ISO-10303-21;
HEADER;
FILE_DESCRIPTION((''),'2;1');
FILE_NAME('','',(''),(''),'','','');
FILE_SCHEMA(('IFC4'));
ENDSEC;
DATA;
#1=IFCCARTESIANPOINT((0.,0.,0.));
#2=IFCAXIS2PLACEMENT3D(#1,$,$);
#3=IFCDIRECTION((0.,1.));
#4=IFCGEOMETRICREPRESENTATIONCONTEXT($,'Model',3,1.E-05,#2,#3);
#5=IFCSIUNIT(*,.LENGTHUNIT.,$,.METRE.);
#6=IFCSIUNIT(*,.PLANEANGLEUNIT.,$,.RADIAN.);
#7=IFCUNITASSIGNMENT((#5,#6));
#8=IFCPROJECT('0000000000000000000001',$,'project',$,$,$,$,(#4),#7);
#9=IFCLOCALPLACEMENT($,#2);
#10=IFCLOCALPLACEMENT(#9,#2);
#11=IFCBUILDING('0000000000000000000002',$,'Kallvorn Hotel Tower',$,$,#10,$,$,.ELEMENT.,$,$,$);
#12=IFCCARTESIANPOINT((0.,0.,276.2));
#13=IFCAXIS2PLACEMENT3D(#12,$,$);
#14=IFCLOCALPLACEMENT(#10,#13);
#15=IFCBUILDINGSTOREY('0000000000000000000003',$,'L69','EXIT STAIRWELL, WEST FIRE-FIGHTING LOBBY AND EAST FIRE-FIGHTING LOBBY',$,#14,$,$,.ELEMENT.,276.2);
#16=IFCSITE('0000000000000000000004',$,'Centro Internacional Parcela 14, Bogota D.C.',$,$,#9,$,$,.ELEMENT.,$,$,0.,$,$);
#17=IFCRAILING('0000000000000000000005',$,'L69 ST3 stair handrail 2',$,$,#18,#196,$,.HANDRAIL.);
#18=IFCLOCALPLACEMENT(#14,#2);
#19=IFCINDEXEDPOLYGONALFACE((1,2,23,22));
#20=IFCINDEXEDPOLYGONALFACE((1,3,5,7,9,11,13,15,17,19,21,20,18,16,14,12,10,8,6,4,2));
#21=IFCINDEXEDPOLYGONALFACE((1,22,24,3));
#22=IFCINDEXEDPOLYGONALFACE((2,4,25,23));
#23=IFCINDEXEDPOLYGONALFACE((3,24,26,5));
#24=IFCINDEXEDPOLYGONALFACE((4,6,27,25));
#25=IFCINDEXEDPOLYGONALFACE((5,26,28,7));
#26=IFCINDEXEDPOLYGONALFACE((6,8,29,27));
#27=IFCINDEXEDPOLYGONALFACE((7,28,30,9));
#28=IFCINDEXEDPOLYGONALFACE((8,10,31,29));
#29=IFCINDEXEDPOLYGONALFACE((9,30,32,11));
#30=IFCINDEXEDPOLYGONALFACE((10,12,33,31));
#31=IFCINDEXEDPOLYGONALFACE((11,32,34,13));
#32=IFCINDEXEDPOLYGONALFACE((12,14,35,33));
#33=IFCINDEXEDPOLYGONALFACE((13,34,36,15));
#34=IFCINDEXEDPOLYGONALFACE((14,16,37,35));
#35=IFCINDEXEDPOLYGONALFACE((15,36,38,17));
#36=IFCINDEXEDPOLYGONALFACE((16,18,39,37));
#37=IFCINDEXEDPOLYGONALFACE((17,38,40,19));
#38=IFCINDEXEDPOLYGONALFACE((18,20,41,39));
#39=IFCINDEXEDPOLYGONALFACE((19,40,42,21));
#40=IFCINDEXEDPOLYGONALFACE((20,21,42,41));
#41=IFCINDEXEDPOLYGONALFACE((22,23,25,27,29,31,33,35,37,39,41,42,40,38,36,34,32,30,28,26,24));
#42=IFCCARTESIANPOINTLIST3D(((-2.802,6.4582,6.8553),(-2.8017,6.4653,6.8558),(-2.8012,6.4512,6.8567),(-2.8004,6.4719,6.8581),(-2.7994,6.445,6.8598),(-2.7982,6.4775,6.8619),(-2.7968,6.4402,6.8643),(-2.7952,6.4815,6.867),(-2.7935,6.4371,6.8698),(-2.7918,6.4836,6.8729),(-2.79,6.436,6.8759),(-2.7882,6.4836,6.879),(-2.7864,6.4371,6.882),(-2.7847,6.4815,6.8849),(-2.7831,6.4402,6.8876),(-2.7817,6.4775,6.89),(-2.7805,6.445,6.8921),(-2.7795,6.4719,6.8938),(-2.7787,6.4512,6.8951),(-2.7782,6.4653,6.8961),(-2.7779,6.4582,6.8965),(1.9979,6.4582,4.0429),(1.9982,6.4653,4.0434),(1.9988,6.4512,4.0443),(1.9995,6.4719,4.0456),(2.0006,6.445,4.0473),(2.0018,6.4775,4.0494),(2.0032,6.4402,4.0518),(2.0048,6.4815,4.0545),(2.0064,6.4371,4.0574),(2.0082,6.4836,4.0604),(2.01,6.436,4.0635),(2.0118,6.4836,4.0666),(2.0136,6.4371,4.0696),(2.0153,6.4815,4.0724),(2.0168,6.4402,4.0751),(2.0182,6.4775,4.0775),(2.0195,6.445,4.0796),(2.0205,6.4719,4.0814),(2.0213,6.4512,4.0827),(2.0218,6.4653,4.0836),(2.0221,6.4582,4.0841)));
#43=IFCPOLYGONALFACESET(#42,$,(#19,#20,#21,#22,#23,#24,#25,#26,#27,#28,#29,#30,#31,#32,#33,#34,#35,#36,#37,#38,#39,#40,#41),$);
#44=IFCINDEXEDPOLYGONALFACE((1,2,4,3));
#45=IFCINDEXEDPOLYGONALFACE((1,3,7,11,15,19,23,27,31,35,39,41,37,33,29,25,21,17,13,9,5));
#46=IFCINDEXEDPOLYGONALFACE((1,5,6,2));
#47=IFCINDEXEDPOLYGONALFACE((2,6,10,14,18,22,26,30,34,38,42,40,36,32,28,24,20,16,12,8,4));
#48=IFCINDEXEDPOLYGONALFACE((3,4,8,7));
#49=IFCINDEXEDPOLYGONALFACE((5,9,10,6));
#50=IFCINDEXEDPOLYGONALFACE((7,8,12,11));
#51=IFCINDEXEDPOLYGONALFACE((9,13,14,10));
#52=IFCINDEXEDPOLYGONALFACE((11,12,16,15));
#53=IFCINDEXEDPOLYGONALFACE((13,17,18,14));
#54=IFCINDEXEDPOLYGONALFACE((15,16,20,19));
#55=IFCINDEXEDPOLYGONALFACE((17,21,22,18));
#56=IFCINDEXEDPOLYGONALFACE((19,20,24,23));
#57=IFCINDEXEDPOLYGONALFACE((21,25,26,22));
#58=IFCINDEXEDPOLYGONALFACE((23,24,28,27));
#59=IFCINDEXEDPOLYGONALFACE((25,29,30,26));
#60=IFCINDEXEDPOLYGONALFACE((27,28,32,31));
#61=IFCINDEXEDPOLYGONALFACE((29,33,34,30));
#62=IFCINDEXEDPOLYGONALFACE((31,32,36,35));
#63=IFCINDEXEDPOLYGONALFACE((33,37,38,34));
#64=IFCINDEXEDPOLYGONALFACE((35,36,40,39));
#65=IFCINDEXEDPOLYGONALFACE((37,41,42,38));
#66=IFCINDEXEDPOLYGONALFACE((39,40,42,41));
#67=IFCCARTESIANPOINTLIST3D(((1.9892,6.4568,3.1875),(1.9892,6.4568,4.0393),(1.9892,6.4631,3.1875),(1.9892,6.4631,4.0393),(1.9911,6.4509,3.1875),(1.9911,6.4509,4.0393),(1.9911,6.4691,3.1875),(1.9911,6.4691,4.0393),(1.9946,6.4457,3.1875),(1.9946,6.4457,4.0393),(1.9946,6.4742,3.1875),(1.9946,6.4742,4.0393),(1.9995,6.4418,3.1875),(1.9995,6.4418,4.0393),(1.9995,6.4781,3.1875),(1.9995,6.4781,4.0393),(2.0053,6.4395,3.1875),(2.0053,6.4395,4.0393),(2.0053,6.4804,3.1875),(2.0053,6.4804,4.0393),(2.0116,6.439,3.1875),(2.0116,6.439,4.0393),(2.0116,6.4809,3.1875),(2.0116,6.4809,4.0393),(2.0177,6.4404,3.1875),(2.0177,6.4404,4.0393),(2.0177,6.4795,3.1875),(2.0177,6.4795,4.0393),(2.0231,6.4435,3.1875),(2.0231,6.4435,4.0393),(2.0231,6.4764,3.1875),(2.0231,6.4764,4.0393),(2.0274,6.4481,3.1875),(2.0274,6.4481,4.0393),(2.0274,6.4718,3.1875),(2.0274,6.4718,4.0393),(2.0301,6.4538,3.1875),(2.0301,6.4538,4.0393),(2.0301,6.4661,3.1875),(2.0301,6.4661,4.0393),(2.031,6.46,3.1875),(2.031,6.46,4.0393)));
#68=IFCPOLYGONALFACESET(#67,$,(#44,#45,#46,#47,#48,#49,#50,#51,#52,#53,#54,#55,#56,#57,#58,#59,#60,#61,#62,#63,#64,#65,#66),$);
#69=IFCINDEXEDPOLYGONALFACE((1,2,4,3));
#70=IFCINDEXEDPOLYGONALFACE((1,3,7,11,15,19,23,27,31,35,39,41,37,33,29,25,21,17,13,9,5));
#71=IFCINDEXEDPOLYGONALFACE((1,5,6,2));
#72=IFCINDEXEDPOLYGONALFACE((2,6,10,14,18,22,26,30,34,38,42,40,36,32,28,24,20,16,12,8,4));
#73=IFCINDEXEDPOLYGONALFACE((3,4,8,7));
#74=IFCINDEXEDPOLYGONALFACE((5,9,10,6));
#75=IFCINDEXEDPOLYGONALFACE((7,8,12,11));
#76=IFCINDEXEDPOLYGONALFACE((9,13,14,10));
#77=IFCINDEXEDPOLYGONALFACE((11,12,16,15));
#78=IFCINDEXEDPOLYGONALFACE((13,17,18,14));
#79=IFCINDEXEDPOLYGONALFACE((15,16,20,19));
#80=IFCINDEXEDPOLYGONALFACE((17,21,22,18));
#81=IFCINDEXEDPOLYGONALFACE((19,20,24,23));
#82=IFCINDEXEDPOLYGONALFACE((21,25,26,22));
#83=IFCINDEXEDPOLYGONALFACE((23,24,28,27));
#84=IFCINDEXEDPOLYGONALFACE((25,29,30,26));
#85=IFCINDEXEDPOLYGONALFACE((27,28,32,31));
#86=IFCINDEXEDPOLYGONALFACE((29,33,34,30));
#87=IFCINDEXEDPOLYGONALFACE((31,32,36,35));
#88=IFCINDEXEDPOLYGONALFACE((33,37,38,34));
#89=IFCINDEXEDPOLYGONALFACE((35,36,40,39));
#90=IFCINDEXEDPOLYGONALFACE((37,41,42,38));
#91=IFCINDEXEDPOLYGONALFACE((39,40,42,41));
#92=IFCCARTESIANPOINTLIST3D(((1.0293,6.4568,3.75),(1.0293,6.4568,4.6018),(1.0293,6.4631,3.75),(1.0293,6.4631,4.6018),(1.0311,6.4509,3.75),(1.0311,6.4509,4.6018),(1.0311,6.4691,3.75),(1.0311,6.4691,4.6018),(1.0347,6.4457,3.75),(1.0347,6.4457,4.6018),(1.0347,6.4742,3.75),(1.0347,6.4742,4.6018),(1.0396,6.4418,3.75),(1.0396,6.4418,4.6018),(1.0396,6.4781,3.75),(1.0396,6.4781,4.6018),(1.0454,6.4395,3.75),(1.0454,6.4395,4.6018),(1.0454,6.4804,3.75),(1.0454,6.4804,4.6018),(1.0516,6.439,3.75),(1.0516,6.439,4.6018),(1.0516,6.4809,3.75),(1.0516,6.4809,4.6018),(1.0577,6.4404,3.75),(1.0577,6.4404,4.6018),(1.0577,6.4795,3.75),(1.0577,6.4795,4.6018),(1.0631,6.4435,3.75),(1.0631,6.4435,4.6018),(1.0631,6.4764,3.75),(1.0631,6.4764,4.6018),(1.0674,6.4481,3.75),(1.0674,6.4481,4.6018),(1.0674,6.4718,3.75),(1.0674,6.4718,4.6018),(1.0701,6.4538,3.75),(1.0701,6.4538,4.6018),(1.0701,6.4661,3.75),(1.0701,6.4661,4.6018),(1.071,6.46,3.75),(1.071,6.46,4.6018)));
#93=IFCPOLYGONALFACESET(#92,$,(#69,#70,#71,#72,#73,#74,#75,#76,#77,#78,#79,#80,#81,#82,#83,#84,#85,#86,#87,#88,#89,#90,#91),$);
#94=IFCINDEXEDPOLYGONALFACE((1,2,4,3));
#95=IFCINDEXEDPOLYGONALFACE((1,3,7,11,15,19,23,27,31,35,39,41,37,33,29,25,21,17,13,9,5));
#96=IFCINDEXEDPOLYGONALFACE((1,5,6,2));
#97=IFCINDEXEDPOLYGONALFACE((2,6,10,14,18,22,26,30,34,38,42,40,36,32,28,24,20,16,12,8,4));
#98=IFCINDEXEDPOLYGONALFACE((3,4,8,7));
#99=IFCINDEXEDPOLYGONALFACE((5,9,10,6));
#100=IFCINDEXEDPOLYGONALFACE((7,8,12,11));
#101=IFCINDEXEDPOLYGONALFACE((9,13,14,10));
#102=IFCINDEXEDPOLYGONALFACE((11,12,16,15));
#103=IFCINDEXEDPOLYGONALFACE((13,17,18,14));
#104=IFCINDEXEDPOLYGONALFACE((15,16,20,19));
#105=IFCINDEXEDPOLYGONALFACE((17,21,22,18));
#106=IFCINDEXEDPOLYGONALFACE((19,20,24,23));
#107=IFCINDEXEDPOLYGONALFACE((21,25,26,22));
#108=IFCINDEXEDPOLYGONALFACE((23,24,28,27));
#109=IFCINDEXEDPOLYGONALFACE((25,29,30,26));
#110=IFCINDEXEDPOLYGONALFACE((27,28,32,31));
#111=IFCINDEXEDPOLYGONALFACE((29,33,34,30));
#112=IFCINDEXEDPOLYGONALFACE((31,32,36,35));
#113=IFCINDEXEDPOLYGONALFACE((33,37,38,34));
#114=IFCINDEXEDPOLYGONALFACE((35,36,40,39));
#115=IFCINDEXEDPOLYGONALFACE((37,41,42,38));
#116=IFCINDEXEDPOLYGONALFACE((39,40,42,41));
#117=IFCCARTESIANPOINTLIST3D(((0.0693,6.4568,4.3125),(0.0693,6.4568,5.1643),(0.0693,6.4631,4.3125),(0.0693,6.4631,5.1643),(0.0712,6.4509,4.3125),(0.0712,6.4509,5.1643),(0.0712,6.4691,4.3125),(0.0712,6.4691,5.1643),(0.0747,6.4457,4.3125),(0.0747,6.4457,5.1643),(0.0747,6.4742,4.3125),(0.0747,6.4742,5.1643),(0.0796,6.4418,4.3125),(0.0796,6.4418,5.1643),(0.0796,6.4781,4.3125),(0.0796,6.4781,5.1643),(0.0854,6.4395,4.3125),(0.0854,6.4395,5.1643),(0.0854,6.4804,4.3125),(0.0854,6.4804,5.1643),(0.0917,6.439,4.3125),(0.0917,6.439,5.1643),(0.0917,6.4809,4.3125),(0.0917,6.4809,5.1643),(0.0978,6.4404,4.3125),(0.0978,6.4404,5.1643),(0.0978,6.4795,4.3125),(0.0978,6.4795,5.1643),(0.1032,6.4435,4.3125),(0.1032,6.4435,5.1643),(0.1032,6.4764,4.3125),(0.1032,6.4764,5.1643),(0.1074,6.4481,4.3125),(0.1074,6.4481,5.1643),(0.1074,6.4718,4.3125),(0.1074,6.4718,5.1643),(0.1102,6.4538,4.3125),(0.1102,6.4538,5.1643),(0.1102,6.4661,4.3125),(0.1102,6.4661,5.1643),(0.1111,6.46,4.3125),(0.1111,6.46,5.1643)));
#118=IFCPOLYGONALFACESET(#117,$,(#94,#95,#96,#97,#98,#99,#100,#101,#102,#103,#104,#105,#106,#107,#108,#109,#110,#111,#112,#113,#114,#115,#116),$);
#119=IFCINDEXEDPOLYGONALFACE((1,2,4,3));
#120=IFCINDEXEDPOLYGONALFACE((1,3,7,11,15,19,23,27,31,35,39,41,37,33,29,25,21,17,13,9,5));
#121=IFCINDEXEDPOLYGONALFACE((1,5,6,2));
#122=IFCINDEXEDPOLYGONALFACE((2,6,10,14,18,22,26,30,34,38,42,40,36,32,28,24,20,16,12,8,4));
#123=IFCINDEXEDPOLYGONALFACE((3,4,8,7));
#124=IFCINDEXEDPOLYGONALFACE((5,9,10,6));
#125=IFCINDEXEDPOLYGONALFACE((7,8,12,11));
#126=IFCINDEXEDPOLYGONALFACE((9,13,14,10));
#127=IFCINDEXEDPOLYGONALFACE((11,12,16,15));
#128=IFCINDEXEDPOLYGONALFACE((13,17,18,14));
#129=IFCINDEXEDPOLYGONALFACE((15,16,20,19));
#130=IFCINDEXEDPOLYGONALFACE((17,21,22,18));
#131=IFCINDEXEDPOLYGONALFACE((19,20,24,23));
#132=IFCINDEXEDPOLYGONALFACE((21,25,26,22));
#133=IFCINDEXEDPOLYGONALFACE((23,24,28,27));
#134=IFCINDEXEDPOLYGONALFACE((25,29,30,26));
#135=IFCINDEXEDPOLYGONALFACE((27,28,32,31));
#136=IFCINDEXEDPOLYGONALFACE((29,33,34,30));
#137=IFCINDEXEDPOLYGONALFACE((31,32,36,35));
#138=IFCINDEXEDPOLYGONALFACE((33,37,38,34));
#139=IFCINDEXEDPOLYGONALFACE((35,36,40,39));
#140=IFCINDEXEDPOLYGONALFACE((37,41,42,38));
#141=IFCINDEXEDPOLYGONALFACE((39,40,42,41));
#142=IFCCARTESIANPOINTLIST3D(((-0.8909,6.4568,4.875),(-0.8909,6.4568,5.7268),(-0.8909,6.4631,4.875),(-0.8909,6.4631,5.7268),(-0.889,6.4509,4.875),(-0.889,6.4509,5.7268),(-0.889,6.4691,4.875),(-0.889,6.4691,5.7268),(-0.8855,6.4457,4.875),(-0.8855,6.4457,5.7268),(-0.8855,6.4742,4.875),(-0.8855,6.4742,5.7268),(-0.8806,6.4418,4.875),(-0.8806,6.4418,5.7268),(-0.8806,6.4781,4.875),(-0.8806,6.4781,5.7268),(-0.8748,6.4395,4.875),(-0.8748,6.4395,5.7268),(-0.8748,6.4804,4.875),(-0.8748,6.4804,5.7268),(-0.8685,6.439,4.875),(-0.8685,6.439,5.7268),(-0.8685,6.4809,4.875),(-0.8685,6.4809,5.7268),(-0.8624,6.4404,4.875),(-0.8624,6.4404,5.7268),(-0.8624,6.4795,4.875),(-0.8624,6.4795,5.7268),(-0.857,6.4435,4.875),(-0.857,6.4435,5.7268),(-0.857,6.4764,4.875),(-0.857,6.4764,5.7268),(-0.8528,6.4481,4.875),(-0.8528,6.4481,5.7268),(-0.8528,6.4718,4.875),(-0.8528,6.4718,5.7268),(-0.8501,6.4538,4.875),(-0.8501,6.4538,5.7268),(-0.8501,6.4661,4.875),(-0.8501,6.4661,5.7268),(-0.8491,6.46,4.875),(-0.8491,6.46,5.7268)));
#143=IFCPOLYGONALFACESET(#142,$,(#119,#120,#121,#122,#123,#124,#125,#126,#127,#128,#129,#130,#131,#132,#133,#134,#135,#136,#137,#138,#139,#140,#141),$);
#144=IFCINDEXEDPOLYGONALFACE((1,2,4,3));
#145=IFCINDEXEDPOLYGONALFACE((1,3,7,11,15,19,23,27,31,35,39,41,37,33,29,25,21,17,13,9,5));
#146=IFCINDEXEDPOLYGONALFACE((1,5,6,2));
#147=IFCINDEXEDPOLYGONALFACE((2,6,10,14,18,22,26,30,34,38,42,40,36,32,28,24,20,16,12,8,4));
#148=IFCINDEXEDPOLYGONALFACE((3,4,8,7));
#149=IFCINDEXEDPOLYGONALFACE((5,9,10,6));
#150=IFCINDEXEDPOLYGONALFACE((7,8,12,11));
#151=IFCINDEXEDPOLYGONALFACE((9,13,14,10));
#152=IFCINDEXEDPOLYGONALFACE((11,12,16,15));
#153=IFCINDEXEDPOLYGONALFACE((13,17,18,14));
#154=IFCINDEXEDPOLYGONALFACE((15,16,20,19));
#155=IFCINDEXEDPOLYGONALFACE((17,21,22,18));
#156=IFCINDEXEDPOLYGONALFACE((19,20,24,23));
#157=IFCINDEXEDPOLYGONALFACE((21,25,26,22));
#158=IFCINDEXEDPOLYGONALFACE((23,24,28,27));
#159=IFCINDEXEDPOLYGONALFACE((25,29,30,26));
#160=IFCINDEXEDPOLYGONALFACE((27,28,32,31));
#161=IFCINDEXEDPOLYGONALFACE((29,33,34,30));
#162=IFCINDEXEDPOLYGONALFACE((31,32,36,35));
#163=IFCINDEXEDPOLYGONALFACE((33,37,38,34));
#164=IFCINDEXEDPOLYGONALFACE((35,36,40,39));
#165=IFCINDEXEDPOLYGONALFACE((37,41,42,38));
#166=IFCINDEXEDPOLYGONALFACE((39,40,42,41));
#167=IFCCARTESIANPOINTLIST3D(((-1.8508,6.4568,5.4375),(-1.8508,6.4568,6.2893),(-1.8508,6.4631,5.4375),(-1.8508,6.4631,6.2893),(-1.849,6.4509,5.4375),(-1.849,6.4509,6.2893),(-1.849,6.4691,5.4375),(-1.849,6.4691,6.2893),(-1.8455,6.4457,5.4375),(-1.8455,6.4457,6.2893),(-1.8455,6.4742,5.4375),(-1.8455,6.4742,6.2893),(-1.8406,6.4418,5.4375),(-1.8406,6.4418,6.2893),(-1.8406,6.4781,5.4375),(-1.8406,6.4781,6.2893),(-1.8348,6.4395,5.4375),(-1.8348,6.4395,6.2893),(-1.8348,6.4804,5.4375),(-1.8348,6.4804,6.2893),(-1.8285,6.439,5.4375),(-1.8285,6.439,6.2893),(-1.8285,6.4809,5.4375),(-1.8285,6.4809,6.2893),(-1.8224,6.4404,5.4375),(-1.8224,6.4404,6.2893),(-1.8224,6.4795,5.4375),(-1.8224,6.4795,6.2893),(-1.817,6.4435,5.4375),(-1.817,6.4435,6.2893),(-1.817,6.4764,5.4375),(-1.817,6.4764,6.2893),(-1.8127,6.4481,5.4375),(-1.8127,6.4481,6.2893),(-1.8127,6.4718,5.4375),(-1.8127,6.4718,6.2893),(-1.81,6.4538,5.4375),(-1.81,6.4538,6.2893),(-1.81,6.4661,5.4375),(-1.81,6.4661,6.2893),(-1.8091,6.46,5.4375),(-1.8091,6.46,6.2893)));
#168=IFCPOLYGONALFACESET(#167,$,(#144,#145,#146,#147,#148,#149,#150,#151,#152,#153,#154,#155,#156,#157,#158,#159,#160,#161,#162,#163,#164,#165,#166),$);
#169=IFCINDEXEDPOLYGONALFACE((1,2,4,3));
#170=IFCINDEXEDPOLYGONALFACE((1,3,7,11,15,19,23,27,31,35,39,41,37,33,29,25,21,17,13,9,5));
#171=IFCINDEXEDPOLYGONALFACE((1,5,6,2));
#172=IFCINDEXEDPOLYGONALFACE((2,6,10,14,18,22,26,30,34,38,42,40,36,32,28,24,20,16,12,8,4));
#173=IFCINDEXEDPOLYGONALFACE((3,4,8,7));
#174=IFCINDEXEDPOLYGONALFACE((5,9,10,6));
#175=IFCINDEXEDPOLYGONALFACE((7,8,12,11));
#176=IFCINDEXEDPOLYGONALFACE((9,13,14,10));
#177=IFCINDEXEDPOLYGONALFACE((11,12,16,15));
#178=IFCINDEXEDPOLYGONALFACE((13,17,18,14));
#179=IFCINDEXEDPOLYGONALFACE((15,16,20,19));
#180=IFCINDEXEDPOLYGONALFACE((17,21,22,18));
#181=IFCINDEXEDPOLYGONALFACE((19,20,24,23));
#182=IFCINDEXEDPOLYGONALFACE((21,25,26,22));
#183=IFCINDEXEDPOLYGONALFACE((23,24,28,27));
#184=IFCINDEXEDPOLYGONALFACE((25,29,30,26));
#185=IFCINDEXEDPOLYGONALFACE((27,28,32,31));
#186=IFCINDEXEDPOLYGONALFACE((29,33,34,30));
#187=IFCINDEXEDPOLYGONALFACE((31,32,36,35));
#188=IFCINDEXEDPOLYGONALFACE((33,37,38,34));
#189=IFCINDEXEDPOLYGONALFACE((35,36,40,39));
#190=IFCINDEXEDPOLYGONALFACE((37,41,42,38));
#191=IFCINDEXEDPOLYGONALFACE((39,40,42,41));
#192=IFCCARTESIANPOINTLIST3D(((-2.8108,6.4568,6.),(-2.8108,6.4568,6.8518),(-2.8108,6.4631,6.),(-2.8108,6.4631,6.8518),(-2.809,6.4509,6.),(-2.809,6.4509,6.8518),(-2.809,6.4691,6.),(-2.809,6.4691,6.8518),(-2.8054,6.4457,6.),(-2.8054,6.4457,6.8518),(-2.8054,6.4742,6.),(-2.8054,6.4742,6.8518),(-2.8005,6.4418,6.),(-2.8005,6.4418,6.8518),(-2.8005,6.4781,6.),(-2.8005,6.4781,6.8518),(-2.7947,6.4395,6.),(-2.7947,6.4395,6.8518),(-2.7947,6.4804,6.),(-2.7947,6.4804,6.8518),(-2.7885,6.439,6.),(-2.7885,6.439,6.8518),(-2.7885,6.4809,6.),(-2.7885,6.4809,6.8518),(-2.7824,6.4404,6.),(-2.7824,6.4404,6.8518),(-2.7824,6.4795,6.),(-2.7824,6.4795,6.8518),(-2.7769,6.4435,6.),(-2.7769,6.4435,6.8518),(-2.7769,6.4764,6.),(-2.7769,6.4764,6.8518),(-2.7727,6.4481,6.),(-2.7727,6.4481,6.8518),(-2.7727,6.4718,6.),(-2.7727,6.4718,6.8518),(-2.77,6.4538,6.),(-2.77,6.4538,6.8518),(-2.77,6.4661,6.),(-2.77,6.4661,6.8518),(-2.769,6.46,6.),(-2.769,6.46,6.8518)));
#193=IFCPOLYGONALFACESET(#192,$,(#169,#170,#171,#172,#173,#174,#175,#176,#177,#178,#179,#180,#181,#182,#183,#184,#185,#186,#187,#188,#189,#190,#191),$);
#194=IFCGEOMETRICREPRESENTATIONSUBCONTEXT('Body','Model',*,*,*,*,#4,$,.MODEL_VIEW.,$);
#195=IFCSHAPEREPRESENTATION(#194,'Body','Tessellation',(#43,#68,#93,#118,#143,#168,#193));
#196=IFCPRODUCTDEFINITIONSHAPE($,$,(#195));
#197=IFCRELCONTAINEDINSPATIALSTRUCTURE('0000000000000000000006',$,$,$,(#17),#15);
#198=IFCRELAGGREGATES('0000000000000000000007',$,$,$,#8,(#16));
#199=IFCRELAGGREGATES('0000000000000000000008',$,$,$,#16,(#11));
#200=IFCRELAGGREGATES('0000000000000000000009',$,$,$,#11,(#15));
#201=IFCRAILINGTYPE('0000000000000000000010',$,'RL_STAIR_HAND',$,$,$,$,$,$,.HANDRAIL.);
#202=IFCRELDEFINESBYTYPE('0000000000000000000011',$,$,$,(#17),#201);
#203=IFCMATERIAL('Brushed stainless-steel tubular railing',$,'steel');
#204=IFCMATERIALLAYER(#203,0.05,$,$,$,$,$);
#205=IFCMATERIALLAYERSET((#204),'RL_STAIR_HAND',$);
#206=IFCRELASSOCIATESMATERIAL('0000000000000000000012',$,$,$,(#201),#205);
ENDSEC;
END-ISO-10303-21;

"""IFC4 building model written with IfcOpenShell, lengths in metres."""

from ifc_helpers import new_model, si_unit, direction, frame, origin, origin_2d, place, context, subcontext, project, spatial, circle, extrude, material, layer, layer_set, type_object, element, save


model = new_model("IFC4")

# Units and contexts
model_context = context("Model", 3, precision=1e-05, world=origin(), true_north=direction((0.0, 1.0)))
body_context = subcontext(model_context, "Body", "Model", "MODEL_VIEW")
ifc_project = project(units=[si_unit("LENGTHUNIT", "METRE"), si_unit("PLANEANGLEUNIT", "RADIAN")], contexts=[model_context])

# Site, building, storey
site_placement = place(None, origin())
site = spatial("IfcSite", under=ifc_project, at=site_placement, Name="Centro Internacional Parcela 14, Bogota D.C.", CompositionType="ELEMENT", RefElevation=0.0)
building_placement = place(site_placement, origin())
building = spatial("IfcBuilding", under=site, at=building_placement, Name="Kallvorn Hotel Tower", CompositionType="ELEMENT")
storey_placement = place(building_placement, frame((0.0, 0.0, 276.2)))
storey = spatial("IfcBuildingStorey", under=building, at=storey_placement, Name="L69", Description="EXIT STAIRWELL, WEST FIRE-FIGHTING LOBBY AND EAST FIRE-FIGHTING LOBBY", CompositionType="ELEMENT", Elevation=276.2)

# Railing
ifc_material_1 = material(Name="Brushed stainless-steel tubular railing", Category="steel")
ifc_layer_1 = layer(ifc_material_1, 0.05)
ifc_layer_set_1 = layer_set([ifc_layer_1], Name="RL_STAIR_HAND")
railing_type_1 = type_object("IfcRailingType", Name="RL_STAIR_HAND", PredefinedType="HANDRAIL", material=ifc_layer_set_1)
railing_1_placement = place(storey_placement, frame((2.01, 6.46, 3.1875)))
element("IfcRailing", 1, at=railing_1_placement, inside=storey, type_object=railing_type_1, Name="L69 ST3 stair handrail 2", PredefinedType="HANDRAIL", context=body_context, shape_type="SweptSolid", body=[
    extrude(circle(Radius=0.0239, at=origin_2d()), frame((0.0, 0.0, 0.876), z_axis=(-0.862802, 0.0, 0.505543), x_axis=(0.0, -1.0, 0.0)), (0.0, 0.0, 1.0), 5.5632),
    extrude(circle(Radius=0.021, at=origin_2d()), origin(), (0.0, 0.0, 1.0), 0.8518),
    extrude(circle(Radius=0.021, at=origin_2d()), frame((-0.96, 0.0, 0.5625)), (0.0, 0.0, 1.0), 0.8518),
    extrude(circle(Radius=0.021, at=origin_2d()), frame((-1.9199, 0.0, 1.125)), (0.0, 0.0, 1.0), 0.8518),
    extrude(circle(Radius=0.021, at=origin_2d()), frame((-2.8801, 0.0, 1.6875)), (0.0, 0.0, 1.0), 0.8518),
    extrude(circle(Radius=0.021, at=origin_2d()), frame((-3.8401, 0.0, 2.25)), (0.0, 0.0, 1.0), 0.8518),
    extrude(circle(Radius=0.021, at=origin_2d()), frame((-4.8, 0.0, 2.8125)), (0.0, 0.0, 1.0), 0.8518),
])

save(model, "model.ifc")
